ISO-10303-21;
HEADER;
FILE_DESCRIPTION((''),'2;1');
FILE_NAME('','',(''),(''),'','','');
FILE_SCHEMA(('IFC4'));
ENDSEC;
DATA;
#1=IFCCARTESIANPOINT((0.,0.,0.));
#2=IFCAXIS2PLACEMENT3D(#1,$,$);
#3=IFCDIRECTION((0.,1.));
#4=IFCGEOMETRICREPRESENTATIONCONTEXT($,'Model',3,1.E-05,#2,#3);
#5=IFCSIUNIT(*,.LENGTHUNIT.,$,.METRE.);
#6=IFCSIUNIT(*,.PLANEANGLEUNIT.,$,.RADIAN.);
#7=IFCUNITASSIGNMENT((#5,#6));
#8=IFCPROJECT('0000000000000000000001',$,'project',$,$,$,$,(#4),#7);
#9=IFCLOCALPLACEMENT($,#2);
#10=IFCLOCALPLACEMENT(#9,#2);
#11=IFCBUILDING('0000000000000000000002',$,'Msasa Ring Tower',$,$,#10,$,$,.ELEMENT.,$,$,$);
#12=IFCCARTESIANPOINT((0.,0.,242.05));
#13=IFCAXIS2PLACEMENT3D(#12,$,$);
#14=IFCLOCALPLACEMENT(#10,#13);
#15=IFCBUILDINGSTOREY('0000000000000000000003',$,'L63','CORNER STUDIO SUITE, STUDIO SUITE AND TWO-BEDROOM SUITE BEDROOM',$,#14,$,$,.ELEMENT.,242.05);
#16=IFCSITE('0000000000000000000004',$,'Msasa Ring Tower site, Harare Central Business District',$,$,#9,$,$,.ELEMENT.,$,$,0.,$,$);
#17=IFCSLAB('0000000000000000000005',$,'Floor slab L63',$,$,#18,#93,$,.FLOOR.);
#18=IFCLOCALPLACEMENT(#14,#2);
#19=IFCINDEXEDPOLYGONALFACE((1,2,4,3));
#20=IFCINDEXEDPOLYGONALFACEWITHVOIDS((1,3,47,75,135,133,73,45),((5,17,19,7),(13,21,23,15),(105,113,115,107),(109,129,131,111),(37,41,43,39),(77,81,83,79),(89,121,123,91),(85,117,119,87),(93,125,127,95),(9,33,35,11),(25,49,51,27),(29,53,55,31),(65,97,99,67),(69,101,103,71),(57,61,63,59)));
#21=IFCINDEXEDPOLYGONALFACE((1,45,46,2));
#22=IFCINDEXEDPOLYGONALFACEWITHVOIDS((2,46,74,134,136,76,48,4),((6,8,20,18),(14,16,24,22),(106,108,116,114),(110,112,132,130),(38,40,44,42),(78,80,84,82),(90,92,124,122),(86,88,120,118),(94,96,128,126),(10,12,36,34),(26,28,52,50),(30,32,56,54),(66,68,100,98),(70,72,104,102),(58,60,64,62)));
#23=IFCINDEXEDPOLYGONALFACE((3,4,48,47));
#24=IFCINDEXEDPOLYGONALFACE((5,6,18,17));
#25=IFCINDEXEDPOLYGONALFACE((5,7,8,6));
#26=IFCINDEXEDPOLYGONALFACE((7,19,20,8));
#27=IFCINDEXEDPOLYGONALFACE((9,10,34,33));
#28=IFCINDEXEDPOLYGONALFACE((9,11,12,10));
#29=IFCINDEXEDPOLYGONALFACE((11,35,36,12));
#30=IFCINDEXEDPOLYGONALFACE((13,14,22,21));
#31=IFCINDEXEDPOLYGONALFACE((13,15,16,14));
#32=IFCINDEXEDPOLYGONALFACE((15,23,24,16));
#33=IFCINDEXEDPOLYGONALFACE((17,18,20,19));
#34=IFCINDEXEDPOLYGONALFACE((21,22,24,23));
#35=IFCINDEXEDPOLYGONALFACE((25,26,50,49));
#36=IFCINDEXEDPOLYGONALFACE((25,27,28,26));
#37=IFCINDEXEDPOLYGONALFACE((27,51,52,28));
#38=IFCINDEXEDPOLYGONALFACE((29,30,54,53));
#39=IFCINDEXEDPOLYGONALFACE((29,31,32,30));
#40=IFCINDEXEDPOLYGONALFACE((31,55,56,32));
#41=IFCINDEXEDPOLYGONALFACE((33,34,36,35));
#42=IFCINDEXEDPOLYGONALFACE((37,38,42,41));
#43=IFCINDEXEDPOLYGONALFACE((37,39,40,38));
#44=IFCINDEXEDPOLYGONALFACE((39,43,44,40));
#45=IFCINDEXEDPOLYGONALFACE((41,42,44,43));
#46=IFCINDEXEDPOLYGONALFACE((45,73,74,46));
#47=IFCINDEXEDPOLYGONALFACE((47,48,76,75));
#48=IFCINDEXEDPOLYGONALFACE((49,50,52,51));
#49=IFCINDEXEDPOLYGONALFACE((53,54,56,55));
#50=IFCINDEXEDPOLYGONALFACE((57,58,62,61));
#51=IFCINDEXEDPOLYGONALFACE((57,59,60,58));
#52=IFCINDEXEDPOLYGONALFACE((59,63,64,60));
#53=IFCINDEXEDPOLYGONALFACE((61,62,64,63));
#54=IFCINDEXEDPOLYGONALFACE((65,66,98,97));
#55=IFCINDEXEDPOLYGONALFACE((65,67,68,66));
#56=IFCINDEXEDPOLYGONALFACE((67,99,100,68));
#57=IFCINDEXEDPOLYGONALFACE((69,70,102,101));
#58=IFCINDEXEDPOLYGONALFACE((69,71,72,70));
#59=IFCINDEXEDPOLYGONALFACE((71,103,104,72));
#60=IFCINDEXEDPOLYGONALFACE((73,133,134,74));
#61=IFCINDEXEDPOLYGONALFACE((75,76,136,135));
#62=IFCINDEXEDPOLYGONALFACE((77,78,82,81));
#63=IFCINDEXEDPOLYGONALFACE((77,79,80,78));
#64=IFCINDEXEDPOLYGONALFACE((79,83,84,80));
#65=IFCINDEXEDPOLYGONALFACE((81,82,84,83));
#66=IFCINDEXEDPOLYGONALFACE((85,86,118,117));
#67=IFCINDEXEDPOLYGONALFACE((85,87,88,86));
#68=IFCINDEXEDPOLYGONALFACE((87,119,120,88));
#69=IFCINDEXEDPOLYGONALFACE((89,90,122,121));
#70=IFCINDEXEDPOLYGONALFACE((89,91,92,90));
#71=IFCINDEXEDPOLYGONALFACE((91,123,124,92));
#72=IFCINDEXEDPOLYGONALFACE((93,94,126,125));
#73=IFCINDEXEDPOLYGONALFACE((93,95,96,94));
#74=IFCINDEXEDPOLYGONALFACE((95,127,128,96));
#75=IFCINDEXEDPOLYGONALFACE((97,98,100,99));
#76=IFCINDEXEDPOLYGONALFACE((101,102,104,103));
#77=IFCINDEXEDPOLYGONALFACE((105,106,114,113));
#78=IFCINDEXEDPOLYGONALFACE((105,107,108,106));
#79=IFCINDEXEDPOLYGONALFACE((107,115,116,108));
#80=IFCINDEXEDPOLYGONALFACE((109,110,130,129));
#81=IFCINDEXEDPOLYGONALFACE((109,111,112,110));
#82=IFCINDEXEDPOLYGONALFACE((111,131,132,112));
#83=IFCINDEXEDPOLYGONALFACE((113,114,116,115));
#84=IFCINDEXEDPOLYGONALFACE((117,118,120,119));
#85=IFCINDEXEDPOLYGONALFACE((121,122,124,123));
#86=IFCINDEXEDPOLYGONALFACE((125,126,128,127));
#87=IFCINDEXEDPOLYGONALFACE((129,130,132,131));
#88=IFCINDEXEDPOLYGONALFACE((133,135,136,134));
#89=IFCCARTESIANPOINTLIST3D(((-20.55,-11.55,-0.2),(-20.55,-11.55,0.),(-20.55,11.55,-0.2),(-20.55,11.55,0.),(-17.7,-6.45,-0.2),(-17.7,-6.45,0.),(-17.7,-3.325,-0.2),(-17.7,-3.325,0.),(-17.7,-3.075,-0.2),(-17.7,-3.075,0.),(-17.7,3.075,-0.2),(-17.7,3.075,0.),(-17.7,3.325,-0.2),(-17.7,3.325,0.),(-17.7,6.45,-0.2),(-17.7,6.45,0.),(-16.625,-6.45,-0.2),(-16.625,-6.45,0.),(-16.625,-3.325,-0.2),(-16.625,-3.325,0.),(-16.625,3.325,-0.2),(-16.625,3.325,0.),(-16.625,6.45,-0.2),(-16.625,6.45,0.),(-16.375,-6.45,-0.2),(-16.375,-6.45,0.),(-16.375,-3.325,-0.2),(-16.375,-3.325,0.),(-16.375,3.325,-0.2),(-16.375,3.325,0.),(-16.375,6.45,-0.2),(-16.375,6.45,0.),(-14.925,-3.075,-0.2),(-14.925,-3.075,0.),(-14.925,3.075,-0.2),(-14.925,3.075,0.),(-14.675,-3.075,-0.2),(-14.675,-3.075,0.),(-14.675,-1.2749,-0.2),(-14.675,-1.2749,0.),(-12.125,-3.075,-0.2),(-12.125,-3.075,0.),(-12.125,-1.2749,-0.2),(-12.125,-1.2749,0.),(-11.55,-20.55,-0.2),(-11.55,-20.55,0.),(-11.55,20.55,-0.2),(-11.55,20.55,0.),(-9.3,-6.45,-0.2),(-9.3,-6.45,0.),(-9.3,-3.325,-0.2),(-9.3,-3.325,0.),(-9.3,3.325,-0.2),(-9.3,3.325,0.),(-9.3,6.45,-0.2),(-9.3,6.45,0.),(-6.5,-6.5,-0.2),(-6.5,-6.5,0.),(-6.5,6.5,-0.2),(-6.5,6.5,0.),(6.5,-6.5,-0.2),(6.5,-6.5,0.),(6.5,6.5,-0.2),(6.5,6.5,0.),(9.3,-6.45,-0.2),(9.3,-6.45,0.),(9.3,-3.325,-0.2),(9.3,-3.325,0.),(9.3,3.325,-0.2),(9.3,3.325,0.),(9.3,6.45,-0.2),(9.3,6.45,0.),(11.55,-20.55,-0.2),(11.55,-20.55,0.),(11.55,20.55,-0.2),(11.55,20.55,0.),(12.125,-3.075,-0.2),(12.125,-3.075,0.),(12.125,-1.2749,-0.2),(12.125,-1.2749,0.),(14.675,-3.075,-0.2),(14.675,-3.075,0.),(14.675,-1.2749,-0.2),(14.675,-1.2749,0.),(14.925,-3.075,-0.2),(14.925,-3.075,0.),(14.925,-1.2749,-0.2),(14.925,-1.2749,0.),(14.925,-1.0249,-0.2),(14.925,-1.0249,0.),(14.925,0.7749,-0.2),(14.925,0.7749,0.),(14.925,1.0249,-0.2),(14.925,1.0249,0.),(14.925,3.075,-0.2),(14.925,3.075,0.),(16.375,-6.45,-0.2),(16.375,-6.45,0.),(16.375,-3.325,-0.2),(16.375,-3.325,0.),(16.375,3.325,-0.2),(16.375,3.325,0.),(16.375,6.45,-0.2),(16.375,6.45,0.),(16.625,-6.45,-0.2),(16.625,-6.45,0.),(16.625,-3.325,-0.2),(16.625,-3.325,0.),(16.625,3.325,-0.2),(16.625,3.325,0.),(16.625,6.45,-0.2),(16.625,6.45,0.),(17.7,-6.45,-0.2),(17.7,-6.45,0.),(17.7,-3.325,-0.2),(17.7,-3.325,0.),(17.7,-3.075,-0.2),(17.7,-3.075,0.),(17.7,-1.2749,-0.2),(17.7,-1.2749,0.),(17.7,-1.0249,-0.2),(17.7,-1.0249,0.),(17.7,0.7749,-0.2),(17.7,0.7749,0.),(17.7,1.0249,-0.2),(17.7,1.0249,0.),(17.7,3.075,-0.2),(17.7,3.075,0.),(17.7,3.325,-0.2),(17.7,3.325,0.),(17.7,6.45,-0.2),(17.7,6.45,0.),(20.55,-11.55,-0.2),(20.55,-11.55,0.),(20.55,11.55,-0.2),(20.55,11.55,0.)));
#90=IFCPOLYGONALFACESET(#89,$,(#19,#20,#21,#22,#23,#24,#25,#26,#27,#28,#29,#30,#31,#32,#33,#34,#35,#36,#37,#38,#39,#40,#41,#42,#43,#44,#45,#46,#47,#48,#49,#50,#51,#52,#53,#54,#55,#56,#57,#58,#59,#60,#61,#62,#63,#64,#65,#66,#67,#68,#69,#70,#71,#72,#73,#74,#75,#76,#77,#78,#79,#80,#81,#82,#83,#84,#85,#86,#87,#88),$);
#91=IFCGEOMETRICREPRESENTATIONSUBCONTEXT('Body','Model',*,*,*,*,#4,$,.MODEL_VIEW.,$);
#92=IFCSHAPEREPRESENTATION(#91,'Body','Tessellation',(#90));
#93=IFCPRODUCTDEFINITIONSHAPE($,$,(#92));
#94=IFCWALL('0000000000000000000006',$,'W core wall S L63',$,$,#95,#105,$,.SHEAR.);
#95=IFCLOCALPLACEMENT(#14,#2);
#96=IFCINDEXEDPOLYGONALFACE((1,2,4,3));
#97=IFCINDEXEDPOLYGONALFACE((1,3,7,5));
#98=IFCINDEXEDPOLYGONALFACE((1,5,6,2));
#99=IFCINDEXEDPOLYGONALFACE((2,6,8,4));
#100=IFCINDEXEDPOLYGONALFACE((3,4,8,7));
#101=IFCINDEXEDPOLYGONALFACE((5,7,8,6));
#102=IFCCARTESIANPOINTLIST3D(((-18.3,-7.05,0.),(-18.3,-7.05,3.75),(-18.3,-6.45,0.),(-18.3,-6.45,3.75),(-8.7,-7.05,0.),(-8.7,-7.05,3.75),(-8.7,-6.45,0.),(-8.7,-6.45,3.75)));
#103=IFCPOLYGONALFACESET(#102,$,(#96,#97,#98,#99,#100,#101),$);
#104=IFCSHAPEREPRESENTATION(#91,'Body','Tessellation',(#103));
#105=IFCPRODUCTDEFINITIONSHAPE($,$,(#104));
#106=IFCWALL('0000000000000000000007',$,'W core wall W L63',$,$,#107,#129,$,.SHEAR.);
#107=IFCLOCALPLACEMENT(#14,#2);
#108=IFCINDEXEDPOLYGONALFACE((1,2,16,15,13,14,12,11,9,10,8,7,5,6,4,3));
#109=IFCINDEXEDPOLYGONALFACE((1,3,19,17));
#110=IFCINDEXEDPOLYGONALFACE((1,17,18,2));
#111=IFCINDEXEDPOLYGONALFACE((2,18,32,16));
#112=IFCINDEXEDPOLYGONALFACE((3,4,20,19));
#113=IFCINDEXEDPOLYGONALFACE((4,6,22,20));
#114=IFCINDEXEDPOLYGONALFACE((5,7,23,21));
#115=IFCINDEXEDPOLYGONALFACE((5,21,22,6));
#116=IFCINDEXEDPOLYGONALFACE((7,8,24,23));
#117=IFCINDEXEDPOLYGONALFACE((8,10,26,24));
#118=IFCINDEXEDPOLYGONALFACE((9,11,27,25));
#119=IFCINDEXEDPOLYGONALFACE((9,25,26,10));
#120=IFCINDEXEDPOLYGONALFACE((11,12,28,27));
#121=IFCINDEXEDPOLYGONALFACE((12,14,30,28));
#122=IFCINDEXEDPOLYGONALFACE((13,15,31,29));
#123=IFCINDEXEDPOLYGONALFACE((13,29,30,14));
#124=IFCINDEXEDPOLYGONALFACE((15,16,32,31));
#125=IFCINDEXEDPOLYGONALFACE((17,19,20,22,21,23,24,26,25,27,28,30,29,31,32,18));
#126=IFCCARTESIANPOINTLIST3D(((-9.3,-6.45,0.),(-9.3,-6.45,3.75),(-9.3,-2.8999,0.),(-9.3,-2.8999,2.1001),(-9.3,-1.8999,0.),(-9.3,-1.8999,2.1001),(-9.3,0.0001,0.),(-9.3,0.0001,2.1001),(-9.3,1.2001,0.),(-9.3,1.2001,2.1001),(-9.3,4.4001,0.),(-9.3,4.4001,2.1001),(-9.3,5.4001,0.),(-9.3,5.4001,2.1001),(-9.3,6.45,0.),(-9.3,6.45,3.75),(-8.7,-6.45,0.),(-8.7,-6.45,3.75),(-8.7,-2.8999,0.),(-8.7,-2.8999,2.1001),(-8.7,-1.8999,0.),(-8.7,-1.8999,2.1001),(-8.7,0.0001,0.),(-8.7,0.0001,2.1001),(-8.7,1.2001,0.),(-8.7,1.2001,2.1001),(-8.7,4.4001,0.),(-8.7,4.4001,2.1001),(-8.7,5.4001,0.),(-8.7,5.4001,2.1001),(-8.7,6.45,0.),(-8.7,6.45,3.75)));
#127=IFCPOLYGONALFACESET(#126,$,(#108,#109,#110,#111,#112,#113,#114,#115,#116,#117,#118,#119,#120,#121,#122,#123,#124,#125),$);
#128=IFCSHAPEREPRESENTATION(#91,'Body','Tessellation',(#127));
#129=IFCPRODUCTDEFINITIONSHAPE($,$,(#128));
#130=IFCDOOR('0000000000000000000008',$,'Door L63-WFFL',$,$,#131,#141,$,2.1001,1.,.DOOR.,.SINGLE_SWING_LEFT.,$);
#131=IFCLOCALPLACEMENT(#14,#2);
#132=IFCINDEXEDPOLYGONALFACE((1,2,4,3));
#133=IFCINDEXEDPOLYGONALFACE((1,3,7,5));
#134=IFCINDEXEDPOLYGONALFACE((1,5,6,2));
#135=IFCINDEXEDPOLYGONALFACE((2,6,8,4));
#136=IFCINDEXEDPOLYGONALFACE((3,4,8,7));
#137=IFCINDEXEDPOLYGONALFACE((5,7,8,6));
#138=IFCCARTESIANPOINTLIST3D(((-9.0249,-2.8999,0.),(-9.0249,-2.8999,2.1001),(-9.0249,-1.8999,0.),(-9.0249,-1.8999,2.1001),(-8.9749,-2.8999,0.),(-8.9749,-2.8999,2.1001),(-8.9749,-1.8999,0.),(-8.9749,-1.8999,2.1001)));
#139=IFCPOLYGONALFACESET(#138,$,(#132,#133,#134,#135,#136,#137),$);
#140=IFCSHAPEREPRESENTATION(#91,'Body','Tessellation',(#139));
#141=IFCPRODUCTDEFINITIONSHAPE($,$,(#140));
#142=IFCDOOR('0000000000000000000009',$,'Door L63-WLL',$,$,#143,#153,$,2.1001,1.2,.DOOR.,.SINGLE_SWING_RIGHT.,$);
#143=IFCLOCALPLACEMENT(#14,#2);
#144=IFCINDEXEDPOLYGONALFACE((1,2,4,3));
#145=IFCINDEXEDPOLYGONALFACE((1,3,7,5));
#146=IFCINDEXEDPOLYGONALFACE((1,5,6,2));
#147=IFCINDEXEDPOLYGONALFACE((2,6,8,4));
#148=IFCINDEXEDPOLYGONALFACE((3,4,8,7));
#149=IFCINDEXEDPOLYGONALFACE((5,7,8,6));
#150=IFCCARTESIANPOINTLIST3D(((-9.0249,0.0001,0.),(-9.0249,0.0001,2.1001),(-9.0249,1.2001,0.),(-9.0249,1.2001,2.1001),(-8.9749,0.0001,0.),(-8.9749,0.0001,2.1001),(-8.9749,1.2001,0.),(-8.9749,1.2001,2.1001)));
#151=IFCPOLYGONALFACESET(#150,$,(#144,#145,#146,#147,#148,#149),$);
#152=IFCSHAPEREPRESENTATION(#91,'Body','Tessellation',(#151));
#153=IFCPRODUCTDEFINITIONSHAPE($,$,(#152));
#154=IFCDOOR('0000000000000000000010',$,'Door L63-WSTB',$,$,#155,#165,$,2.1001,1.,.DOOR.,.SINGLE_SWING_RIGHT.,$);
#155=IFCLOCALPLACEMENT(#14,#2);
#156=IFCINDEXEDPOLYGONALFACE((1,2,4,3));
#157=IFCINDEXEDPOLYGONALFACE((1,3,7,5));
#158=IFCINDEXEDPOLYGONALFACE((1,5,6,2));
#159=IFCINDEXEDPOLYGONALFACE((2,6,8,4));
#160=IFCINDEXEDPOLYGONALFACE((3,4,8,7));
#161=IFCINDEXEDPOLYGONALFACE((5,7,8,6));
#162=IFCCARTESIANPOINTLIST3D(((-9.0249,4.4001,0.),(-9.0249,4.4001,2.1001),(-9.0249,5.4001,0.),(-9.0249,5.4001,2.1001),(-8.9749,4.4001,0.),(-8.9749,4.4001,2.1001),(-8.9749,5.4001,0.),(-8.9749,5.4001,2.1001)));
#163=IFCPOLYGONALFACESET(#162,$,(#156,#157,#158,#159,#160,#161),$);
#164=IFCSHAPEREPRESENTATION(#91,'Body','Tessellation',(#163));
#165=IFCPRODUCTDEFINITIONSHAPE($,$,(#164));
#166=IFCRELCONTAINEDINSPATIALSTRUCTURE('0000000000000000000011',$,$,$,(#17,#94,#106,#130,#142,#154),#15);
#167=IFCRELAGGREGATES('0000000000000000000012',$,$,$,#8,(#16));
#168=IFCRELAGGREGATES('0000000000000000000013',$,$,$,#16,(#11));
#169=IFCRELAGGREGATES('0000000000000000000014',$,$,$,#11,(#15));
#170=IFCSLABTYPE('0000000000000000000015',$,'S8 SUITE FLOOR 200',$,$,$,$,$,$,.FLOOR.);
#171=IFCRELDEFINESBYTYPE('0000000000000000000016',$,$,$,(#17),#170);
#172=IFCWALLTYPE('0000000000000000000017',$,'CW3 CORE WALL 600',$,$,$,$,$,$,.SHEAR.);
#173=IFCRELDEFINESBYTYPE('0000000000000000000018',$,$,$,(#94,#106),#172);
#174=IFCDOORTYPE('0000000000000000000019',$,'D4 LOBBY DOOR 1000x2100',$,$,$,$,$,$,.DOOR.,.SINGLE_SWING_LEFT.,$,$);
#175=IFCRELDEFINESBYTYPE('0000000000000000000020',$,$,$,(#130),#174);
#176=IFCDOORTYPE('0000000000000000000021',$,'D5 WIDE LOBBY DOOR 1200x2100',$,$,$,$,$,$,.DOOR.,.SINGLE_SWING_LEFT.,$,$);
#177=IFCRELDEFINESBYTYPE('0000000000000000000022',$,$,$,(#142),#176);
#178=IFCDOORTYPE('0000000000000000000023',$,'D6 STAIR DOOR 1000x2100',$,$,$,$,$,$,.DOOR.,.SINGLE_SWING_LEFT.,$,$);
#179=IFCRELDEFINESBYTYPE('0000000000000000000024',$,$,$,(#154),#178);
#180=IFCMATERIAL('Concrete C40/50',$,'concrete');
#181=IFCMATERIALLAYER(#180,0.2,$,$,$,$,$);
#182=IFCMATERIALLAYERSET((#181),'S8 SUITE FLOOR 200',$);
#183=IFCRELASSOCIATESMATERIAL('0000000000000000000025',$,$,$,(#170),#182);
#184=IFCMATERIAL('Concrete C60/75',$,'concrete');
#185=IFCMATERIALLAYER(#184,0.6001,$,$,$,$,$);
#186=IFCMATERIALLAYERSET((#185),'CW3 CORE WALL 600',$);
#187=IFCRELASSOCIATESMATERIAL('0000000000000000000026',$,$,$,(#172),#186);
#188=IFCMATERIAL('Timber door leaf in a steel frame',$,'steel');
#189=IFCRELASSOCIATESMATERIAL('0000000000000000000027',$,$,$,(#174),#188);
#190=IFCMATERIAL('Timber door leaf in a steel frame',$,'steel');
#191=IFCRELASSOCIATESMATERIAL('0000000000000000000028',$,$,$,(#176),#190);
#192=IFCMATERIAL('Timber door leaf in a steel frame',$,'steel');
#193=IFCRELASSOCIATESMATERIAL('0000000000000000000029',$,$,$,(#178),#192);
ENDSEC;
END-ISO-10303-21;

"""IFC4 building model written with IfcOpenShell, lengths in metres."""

from ifc_helpers import new_model, si_unit, direction, frame, frame_2d, origin, place, context, subcontext, project, spatial, polyline, rectangle, outline, extrude, material, layer, layer_set, type_object, element, fill, save


model = new_model("IFC4")

# Units and contexts
model_context = context("Model", 3, precision=1e-05, world=origin(), true_north=direction((0.0, 1.0)))
body_context = subcontext(model_context, "Body", "Model", "MODEL_VIEW")
ifc_project = project(units=[si_unit("LENGTHUNIT", "METRE"), si_unit("PLANEANGLEUNIT", "RADIAN")], contexts=[model_context])

# Site, building, storey
site_placement = place(None, origin())
site = spatial("IfcSite", under=ifc_project, at=site_placement, Name="Msasa Ring Tower site, Harare Central Business District", CompositionType="ELEMENT", RefElevation=0.0)
building_placement = place(site_placement, origin())
building = spatial("IfcBuilding", under=site, at=building_placement, Name="Msasa Ring Tower", CompositionType="ELEMENT")
storey_placement = place(building_placement, frame((0.0, 0.0, 242.05)))
storey = spatial("IfcBuildingStorey", under=building, at=storey_placement, Name="L63", Description="CORNER STUDIO SUITE, STUDIO SUITE AND TWO-BEDROOM SUITE BEDROOM", CompositionType="ELEMENT", Elevation=242.05)

# Slab
ifc_material_1 = material(Name="Concrete C40/50", Category="concrete")
ifc_layer_1 = layer(ifc_material_1, 0.2)
ifc_layer_set_1 = layer_set([ifc_layer_1], Name="S8 SUITE FLOOR 200")
slab_type = type_object("IfcSlabType", Name="S8 SUITE FLOOR 200", PredefinedType="FLOOR", material=ifc_layer_set_1)
slab_placement = place(storey_placement, frame((0.0, 0.0, -0.2)))
element("IfcSlab", 1, at=slab_placement, inside=storey, type_object=slab_type, Name="Floor slab L63", PredefinedType="FLOOR", context=body_context, shape_type="SweptSolid", body=[
    extrude(outline(polyline([(-11.55, -20.55), (11.55, -20.55), (20.55, -11.55), (20.55, 11.55), (11.55, 20.55), (-11.55, 20.55), (-20.55, 11.55), (-20.55, -11.55), (-11.55, -20.55)]), holes=[polyline([(-6.5, -6.5), (6.5, -6.5), (6.5, 6.5), (-6.5, 6.5), (-6.5, -6.5)]), polyline([(9.3, -6.45), (16.375, -6.45), (16.375, -3.325), (9.3, -3.325), (9.3, -6.45)]), polyline([(9.3, 3.325), (16.375, 3.325), (16.375, 6.45), (9.3, 6.45), (9.3, 3.325)]), polyline([(12.125, -3.075), (14.675, -3.075), (14.675, -1.2749), (12.125, -1.2749), (12.125, -3.075)]), polyline([(16.625, -6.45), (17.7, -6.45), (17.7, -3.325), (16.625, -3.325), (16.625, -6.45)]), polyline([(16.625, 3.325), (17.7, 3.325), (17.7, 6.45), (16.625, 6.45), (16.625, 3.325)]), polyline([(14.925, -3.075), (17.7, -3.075), (17.7, -1.2749), (14.925, -1.2749), (14.925, -3.075)]), polyline([(14.925, -1.0249), (17.7, -1.0249), (17.7, 0.7749), (14.925, 0.7749), (14.925, -1.0249)]), polyline([(14.925, 1.0249), (17.7, 1.0249), (17.7, 3.075), (14.925, 3.075), (14.925, 1.0249)]), polyline([(-16.375, -6.45), (-9.3, -6.45), (-9.3, -3.325), (-16.375, -3.325), (-16.375, -6.45)]), polyline([(-16.375, 3.325), (-9.3, 3.325), (-9.3, 6.45), (-16.375, 6.45), (-16.375, 3.325)]), polyline([(-14.675, -3.075), (-12.125, -3.075), (-12.125, -1.2749), (-14.675, -1.2749), (-14.675, -3.075)]), polyline([(-17.7, -6.45), (-16.625, -6.45), (-16.625, -3.325), (-17.7, -3.325), (-17.7, -6.45)]), polyline([(-17.7, 3.325), (-16.625, 3.325), (-16.625, 6.45), (-17.7, 6.45), (-17.7, 3.325)]), polyline([(-17.7, -3.075), (-14.925, -3.075), (-14.925, 3.075), (-17.7, 3.075), (-17.7, -3.075)])]), origin(), (0.0, 0.0, 1.0), 0.2),
])

# Wall
ifc_material_2 = material(Name="Concrete C60/75", Category="concrete")
ifc_layer_2 = layer(ifc_material_2, 0.6001)
ifc_layer_set_2 = layer_set([ifc_layer_2], Name="CW3 CORE WALL 600")
wall_type_1 = type_object("IfcWallType", Name="CW3 CORE WALL 600", PredefinedType="SHEAR", material=ifc_layer_set_2)
wall_1_placement = place(storey_placement, frame((-8.7, -6.75, 0.0), z_axis=(0.0, 0.0, 1.0), x_axis=(-1.0, 0.0, 0.0)))
element("IfcWall", 2, at=wall_1_placement, inside=storey, type_object=wall_type_1, Name="W core wall S L63", PredefinedType="SHEAR", context=body_context, shape_type="SweptSolid", body=[
    extrude(rectangle(XDim=9.6001, YDim=0.6001, at=frame_2d((4.8, 0.0))), origin(), (0.0, 0.0, 1.0), 3.75),
])

# Wall, openings, doors
wall_2_placement = place(storey_placement, frame((-9.0, -6.45, 0.0), z_axis=(0.0, 0.0, 1.0), x_axis=(0.0, 1.0, 0.0)))
wall_2 = element("IfcWall", 3, at=wall_2_placement, inside=storey, type_object=wall_type_1, Name="W core wall W L63", PredefinedType="SHEAR", context=body_context, shape_type="SweptSolid", body=[
    extrude(rectangle(XDim=12.8999, YDim=0.6001, at=frame_2d((6.45, 0.0))), origin(), (0.0, 0.0, 1.0), 3.75),
])
opening_1_placement = place(wall_2_placement, frame((3.55, 0.0, 0.0)))
opening_1 = element("IfcOpeningElement", 4, at=opening_1_placement, cuts=wall_2, PredefinedType="OPENING", context=body_context, shape_type="SweptSolid", body=[
    extrude(rectangle(XDim=1.0, YDim=2.1001, at=frame_2d((0.5, 1.05))), frame((0.0, 0.3101, 0.0), z_axis=(0.0, -1.0, 0.0), x_axis=(1.0, 0.0, 0.0)), (0.0, 0.0, 1.0), 0.6201),
])
opening_2_placement = place(wall_2_placement, frame((6.45, 0.0, 0.0)))
opening_2 = element("IfcOpeningElement", 5, at=opening_2_placement, cuts=wall_2, PredefinedType="OPENING", context=body_context, shape_type="SweptSolid", body=[
    extrude(rectangle(XDim=1.2, YDim=2.1001, at=frame_2d((0.6001, 1.05))), frame((0.0, 0.3101, 0.0), z_axis=(0.0, -1.0, 0.0), x_axis=(1.0, 0.0, 0.0)), (0.0, 0.0, 1.0), 0.6201),
])
opening_3_placement = place(wall_2_placement, frame((10.8501, 0.0, 0.0)))
opening_3 = element("IfcOpeningElement", 6, at=opening_3_placement, cuts=wall_2, PredefinedType="OPENING", context=body_context, shape_type="SweptSolid", body=[
    extrude(rectangle(XDim=1.0, YDim=2.1001, at=frame_2d((0.5, 1.05))), frame((0.0, 0.3101, 0.0), z_axis=(0.0, -1.0, 0.0), x_axis=(1.0, 0.0, 0.0)), (0.0, 0.0, 1.0), 0.6201),
])
ifc_material_3 = material(Name="Timber door leaf in a steel frame", Category="steel")
door_type_1 = type_object("IfcDoorType", Name="D4 LOBBY DOOR 1000x2100", OperationType="SINGLE_SWING_LEFT", PredefinedType="DOOR", material=ifc_material_3)
door_1_placement = place(opening_1_placement, origin())
door_1 = element("IfcDoor", 7, at=door_1_placement, inside=storey, type_object=door_type_1, Name="Door L63-WFFL", OperationType="SINGLE_SWING_LEFT", OverallHeight=2.1001, OverallWidth=1.0, PredefinedType="DOOR", context=body_context, shape_type="SweptSolid", body=[
    extrude(rectangle(XDim=1.0, YDim=2.1001, at=frame_2d((0.5, 1.05))), frame((0.0, 0.0249, 0.0), z_axis=(0.0, -1.0, 0.0), x_axis=(1.0, 0.0, 0.0)), (0.0, 0.0, 1.0), 0.05),
])
fill(opening_1, door_1)
ifc_material_4 = material(Name="Timber door leaf in a steel frame", Category="steel")
door_type_2 = type_object("IfcDoorType", Name="D5 WIDE LOBBY DOOR 1200x2100", OperationType="SINGLE_SWING_LEFT", PredefinedType="DOOR", material=ifc_material_4)
door_2_placement = place(opening_2_placement, origin())
door_2 = element("IfcDoor", 8, at=door_2_placement, inside=storey, type_object=door_type_2, Name="Door L63-WLL", OperationType="SINGLE_SWING_RIGHT", OverallHeight=2.1001, OverallWidth=1.2, PredefinedType="DOOR", context=body_context, shape_type="SweptSolid", body=[
    extrude(rectangle(XDim=1.2, YDim=2.1001, at=frame_2d((0.6001, 1.05))), frame((0.0, 0.0249, 0.0), z_axis=(0.0, -1.0, 0.0), x_axis=(1.0, 0.0, 0.0)), (0.0, 0.0, 1.0), 0.05),
])
fill(opening_2, door_2)
ifc_material_5 = material(Name="Timber door leaf in a steel frame", Category="steel")
door_type_3 = type_object("IfcDoorType", Name="D6 STAIR DOOR 1000x2100", OperationType="SINGLE_SWING_LEFT", PredefinedType="DOOR", material=ifc_material_5)
door_3_placement = place(opening_3_placement, origin())
door_3 = element("IfcDoor", 9, at=door_3_placement, inside=storey, type_object=door_type_3, Name="Door L63-WSTB", OperationType="SINGLE_SWING_RIGHT", OverallHeight=2.1001, OverallWidth=1.0, PredefinedType="DOOR", context=body_context, shape_type="SweptSolid", body=[
    extrude(rectangle(XDim=1.0, YDim=2.1001, at=frame_2d((0.5, 1.05))), frame((0.0, 0.0249, 0.0), z_axis=(0.0, -1.0, 0.0), x_axis=(1.0, 0.0, 0.0)), (0.0, 0.0, 1.0), 0.05),
])
fill(opening_3, door_3)

save(model, "model.ifc")
